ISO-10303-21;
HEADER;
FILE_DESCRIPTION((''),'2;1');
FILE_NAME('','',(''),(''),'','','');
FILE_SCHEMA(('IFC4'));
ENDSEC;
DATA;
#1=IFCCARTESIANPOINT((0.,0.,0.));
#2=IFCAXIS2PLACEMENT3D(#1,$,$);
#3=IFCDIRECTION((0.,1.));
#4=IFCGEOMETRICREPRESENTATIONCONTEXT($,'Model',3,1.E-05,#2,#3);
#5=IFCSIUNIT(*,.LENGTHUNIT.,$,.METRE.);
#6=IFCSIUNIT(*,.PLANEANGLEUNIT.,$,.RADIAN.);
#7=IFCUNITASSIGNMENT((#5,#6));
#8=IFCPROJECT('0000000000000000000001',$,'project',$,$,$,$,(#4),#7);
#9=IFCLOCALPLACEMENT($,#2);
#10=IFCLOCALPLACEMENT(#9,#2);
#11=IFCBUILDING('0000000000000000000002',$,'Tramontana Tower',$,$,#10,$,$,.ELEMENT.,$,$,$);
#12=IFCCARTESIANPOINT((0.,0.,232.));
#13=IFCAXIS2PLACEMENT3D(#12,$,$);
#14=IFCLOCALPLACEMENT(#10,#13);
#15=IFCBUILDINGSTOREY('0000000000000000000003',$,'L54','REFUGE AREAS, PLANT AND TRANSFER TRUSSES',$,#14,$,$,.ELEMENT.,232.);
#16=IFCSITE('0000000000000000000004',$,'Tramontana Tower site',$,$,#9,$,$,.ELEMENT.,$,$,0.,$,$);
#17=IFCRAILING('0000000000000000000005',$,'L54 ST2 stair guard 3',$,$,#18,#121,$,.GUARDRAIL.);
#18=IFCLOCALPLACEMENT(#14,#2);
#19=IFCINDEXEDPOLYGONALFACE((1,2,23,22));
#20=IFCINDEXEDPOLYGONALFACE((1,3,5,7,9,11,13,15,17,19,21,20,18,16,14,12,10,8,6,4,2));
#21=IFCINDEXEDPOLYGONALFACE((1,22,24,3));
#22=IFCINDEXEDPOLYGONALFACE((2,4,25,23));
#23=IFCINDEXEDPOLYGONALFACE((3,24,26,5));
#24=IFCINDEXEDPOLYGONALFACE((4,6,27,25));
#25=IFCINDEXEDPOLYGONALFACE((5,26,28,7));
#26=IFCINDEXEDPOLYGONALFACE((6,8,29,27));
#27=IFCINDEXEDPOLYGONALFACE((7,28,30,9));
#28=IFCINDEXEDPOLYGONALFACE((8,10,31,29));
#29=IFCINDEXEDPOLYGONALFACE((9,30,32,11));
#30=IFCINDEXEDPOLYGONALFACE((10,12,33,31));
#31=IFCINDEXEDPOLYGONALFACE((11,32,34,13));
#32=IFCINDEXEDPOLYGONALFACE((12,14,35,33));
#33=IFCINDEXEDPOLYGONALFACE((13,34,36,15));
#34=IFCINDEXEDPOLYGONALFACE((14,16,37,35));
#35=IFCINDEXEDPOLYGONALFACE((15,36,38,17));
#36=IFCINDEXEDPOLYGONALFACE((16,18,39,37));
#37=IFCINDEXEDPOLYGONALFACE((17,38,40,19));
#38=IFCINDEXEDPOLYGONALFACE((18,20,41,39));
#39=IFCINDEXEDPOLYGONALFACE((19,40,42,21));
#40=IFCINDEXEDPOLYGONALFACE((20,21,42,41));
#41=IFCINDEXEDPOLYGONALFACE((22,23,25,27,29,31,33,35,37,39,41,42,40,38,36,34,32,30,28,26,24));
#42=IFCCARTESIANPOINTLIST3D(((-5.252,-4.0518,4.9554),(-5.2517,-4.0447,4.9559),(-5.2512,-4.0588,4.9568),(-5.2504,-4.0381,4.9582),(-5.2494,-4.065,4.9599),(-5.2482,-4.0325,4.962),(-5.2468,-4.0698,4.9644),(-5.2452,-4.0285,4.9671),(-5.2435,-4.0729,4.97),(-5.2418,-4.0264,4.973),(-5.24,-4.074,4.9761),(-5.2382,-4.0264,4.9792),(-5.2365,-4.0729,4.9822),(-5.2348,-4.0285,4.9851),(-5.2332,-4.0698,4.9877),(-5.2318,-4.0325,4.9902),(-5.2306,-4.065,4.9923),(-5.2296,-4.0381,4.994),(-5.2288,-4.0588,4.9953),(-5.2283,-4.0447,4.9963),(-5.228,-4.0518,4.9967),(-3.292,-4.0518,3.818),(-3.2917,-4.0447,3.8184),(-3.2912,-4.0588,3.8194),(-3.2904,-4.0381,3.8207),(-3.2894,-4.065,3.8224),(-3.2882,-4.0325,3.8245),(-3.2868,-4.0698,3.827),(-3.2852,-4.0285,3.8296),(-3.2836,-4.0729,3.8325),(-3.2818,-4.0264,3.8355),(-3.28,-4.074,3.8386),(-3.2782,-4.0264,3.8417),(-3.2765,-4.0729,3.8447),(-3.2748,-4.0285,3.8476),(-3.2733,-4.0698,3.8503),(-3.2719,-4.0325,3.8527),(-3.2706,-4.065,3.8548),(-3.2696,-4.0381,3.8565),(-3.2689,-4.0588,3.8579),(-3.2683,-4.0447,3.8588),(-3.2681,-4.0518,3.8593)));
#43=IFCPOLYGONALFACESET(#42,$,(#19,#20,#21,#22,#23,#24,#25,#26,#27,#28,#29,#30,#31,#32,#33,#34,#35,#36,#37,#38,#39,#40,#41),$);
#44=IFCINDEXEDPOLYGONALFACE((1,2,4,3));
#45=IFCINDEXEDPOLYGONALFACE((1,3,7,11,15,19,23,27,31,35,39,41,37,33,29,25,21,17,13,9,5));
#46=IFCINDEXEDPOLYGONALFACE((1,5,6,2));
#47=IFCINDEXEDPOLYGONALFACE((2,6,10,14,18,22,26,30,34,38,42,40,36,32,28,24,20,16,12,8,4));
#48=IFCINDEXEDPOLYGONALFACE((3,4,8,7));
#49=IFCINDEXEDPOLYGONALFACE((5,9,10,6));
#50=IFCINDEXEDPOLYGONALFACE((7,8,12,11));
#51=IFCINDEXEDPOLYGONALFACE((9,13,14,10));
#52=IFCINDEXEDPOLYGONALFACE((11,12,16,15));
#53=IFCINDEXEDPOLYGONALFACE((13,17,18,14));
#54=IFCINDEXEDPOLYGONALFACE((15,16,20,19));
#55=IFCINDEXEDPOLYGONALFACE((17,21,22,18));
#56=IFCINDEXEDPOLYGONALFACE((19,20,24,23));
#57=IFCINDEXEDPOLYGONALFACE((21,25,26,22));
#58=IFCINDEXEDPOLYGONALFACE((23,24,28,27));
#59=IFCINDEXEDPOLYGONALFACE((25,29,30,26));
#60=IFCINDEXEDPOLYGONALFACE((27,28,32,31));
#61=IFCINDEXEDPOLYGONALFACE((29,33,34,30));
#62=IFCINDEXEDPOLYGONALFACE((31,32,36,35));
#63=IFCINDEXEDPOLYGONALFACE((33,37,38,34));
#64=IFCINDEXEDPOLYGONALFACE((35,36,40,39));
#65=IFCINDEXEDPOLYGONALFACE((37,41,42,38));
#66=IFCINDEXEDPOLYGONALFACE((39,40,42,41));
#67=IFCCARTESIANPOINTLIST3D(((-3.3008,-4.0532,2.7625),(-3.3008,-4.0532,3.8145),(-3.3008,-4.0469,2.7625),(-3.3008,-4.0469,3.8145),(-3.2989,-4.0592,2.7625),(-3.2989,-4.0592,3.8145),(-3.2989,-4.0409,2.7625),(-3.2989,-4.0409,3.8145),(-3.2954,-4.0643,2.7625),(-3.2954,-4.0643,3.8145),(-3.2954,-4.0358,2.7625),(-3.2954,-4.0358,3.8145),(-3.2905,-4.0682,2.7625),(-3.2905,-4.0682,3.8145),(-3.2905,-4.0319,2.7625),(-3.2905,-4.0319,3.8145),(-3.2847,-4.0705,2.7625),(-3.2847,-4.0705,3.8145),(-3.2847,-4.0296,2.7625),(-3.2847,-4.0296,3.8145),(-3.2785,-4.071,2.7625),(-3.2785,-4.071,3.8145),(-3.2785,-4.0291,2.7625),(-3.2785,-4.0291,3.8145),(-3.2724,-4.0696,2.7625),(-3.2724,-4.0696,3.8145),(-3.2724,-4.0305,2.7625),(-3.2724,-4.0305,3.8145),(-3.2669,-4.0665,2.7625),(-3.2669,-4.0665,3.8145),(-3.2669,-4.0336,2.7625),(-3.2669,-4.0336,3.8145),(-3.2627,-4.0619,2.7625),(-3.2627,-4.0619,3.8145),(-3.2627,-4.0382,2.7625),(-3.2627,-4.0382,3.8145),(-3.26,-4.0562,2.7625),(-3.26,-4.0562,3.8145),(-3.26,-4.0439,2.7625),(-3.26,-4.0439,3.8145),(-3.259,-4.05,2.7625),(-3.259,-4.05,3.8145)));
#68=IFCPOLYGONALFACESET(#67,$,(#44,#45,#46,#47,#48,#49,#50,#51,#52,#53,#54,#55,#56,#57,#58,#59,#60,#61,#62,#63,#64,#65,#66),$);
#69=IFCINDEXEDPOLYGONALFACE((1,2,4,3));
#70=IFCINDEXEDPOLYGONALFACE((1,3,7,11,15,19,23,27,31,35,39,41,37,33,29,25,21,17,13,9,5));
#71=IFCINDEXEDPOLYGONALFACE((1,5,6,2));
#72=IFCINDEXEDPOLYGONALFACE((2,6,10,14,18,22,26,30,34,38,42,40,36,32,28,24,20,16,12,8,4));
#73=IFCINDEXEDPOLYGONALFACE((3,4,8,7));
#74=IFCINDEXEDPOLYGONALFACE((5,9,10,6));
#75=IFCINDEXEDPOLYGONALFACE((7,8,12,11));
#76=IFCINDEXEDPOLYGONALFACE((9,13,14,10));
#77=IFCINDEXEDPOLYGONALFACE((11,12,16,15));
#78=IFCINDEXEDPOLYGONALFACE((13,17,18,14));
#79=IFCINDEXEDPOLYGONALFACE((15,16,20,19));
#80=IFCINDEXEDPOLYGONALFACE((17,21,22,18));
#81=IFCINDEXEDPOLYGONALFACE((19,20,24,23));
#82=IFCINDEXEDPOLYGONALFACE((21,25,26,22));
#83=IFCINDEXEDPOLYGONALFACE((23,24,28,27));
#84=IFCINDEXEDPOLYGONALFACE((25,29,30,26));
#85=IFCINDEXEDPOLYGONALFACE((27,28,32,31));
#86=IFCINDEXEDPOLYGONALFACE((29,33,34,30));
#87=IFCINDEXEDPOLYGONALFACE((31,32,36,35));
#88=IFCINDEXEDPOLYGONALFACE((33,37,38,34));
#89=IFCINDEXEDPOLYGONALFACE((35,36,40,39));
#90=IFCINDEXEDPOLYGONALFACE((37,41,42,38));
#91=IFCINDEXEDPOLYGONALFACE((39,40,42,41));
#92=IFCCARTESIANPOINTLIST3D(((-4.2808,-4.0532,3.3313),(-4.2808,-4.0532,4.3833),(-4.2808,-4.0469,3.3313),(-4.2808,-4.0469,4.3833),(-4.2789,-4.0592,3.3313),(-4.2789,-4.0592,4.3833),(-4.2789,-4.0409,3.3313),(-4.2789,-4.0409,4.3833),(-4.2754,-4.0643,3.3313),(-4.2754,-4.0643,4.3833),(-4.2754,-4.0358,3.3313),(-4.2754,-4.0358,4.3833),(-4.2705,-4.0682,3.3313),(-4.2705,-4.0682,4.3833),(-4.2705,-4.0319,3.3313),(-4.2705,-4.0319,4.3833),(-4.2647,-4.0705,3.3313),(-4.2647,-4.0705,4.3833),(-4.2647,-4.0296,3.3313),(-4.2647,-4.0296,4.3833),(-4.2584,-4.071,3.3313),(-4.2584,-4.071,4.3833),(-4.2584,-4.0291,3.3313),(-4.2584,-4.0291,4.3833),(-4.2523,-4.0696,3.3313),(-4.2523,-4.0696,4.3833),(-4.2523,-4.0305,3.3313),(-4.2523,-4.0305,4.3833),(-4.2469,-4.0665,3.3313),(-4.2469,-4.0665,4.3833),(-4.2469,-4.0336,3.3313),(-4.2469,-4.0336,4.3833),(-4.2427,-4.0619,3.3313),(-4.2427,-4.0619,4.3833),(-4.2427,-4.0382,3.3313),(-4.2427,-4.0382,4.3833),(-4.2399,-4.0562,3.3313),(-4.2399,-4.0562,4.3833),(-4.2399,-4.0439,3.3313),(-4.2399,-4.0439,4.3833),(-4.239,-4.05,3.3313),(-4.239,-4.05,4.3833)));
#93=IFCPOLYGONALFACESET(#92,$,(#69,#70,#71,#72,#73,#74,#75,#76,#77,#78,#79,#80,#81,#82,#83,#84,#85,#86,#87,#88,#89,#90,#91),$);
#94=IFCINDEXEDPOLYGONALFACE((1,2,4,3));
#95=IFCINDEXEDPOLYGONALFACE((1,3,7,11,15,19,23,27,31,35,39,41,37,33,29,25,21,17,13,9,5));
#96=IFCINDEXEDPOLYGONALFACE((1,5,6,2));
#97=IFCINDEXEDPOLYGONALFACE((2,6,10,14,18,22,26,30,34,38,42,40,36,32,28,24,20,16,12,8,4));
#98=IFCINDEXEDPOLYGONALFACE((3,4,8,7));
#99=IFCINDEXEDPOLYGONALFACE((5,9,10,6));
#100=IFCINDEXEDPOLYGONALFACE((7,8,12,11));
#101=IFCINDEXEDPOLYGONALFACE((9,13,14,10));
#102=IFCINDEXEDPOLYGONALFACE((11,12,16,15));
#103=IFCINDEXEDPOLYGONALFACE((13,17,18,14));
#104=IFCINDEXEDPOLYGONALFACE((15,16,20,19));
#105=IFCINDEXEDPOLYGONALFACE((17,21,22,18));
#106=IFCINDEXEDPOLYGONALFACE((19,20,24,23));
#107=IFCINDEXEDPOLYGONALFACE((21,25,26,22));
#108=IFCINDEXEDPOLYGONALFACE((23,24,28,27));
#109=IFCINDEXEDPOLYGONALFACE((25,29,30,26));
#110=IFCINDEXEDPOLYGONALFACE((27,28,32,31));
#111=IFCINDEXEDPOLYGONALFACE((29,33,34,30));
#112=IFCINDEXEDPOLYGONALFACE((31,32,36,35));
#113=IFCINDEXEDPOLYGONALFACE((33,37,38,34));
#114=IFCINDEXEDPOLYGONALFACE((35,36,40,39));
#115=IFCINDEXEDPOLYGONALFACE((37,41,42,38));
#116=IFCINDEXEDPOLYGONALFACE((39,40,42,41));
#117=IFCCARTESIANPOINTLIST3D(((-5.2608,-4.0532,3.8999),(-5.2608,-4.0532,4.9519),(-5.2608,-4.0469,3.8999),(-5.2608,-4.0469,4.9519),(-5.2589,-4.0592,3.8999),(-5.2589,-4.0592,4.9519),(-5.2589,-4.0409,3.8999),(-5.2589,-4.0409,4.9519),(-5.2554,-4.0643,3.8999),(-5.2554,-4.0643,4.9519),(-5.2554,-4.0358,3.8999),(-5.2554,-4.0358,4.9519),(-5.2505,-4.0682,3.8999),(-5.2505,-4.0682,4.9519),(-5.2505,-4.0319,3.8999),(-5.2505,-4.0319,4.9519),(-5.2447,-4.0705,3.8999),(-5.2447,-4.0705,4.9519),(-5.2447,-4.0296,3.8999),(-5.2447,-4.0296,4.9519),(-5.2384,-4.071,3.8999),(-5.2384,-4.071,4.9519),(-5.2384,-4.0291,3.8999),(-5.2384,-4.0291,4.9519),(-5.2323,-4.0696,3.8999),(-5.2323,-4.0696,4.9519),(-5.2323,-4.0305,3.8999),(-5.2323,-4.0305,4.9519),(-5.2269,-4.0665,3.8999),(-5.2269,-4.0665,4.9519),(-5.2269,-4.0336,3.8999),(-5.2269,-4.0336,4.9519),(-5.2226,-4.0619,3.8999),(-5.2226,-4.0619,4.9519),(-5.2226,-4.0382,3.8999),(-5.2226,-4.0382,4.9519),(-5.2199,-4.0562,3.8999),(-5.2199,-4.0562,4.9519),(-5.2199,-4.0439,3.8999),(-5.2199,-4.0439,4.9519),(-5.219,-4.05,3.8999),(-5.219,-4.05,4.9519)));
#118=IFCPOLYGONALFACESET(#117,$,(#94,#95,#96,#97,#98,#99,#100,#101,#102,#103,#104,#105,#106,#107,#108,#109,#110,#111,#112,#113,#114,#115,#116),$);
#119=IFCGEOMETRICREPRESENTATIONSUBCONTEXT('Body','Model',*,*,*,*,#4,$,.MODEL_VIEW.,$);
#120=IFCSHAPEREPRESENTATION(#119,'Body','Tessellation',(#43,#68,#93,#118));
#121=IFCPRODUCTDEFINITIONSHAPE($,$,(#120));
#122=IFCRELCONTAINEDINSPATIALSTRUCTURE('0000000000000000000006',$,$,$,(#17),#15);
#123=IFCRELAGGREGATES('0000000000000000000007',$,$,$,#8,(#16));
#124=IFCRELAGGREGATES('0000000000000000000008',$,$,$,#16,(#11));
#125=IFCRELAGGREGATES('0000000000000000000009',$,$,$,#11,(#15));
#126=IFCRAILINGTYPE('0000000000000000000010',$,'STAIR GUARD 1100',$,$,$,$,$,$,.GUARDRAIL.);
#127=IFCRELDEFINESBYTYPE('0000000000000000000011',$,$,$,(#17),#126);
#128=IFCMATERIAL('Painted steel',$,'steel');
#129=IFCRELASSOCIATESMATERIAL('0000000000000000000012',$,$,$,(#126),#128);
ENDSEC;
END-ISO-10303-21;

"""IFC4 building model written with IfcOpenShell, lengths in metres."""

from ifc_helpers import new_model, si_unit, direction, frame, origin, origin_2d, place, context, subcontext, project, spatial, circle, extrude, material, type_object, element, save


model = new_model("IFC4")

# Units and contexts
model_context = context("Model", 3, precision=1e-05, world=origin(), true_north=direction((0.0, 1.0)))
body_context = subcontext(model_context, "Body", "Model", "MODEL_VIEW")
ifc_project = project(units=[si_unit("LENGTHUNIT", "METRE"), si_unit("PLANEANGLEUNIT", "RADIAN")], contexts=[model_context])

# Site, building, storey
site_placement = place(None, origin())
site = spatial("IfcSite", under=ifc_project, at=site_placement, Name="Tramontana Tower site", CompositionType="ELEMENT", RefElevation=0.0)
building_placement = place(site_placement, origin())
building = spatial("IfcBuilding", under=site, at=building_placement, Name="Tramontana Tower", CompositionType="ELEMENT")
storey_placement = place(building_placement, frame((0.0, 0.0, 232.0)))
storey = spatial("IfcBuildingStorey", under=building, at=storey_placement, Name="L54", Description="REFUGE AREAS, PLANT AND TRANSFER TRUSSES", CompositionType="ELEMENT", Elevation=232.0)

# Railing
ifc_material_1 = material(Name="Painted steel", Category="steel")
railing_type_1 = type_object("IfcRailingType", Name="STAIR GUARD 1100", PredefinedType="GUARDRAIL", material=ifc_material_1)
railing_1_placement = place(storey_placement, frame((-3.28, -4.05, 2.7625)))
element("IfcRailing", 1, at=railing_1_placement, inside=storey, type_object=railing_type_1, Name="L54 ST2 stair guard 3", PredefinedType="GUARDRAIL", context=body_context, shape_type="SweptSolid", body=[
    extrude(circle(Radius=0.0239, at=origin_2d()), frame((0.0, 0.0, 1.0762), z_axis=(-0.864902, 0.0, 0.501941), x_axis=(0.0, -1.0, 0.0)), (0.0, 0.0, 1.0), 2.2661),
    extrude(circle(Radius=0.021, at=origin_2d()), origin(), (0.0, 0.0, 1.0), 1.052),
    extrude(circle(Radius=0.021, at=origin_2d()), frame((-0.98, 0.0, 0.5688)), (0.0, 0.0, 1.0), 1.052),
    extrude(circle(Radius=0.021, at=origin_2d()), frame((-1.96, 0.0, 1.1375)), (0.0, 0.0, 1.0), 1.052),
])

save(model, "model.ifc")
